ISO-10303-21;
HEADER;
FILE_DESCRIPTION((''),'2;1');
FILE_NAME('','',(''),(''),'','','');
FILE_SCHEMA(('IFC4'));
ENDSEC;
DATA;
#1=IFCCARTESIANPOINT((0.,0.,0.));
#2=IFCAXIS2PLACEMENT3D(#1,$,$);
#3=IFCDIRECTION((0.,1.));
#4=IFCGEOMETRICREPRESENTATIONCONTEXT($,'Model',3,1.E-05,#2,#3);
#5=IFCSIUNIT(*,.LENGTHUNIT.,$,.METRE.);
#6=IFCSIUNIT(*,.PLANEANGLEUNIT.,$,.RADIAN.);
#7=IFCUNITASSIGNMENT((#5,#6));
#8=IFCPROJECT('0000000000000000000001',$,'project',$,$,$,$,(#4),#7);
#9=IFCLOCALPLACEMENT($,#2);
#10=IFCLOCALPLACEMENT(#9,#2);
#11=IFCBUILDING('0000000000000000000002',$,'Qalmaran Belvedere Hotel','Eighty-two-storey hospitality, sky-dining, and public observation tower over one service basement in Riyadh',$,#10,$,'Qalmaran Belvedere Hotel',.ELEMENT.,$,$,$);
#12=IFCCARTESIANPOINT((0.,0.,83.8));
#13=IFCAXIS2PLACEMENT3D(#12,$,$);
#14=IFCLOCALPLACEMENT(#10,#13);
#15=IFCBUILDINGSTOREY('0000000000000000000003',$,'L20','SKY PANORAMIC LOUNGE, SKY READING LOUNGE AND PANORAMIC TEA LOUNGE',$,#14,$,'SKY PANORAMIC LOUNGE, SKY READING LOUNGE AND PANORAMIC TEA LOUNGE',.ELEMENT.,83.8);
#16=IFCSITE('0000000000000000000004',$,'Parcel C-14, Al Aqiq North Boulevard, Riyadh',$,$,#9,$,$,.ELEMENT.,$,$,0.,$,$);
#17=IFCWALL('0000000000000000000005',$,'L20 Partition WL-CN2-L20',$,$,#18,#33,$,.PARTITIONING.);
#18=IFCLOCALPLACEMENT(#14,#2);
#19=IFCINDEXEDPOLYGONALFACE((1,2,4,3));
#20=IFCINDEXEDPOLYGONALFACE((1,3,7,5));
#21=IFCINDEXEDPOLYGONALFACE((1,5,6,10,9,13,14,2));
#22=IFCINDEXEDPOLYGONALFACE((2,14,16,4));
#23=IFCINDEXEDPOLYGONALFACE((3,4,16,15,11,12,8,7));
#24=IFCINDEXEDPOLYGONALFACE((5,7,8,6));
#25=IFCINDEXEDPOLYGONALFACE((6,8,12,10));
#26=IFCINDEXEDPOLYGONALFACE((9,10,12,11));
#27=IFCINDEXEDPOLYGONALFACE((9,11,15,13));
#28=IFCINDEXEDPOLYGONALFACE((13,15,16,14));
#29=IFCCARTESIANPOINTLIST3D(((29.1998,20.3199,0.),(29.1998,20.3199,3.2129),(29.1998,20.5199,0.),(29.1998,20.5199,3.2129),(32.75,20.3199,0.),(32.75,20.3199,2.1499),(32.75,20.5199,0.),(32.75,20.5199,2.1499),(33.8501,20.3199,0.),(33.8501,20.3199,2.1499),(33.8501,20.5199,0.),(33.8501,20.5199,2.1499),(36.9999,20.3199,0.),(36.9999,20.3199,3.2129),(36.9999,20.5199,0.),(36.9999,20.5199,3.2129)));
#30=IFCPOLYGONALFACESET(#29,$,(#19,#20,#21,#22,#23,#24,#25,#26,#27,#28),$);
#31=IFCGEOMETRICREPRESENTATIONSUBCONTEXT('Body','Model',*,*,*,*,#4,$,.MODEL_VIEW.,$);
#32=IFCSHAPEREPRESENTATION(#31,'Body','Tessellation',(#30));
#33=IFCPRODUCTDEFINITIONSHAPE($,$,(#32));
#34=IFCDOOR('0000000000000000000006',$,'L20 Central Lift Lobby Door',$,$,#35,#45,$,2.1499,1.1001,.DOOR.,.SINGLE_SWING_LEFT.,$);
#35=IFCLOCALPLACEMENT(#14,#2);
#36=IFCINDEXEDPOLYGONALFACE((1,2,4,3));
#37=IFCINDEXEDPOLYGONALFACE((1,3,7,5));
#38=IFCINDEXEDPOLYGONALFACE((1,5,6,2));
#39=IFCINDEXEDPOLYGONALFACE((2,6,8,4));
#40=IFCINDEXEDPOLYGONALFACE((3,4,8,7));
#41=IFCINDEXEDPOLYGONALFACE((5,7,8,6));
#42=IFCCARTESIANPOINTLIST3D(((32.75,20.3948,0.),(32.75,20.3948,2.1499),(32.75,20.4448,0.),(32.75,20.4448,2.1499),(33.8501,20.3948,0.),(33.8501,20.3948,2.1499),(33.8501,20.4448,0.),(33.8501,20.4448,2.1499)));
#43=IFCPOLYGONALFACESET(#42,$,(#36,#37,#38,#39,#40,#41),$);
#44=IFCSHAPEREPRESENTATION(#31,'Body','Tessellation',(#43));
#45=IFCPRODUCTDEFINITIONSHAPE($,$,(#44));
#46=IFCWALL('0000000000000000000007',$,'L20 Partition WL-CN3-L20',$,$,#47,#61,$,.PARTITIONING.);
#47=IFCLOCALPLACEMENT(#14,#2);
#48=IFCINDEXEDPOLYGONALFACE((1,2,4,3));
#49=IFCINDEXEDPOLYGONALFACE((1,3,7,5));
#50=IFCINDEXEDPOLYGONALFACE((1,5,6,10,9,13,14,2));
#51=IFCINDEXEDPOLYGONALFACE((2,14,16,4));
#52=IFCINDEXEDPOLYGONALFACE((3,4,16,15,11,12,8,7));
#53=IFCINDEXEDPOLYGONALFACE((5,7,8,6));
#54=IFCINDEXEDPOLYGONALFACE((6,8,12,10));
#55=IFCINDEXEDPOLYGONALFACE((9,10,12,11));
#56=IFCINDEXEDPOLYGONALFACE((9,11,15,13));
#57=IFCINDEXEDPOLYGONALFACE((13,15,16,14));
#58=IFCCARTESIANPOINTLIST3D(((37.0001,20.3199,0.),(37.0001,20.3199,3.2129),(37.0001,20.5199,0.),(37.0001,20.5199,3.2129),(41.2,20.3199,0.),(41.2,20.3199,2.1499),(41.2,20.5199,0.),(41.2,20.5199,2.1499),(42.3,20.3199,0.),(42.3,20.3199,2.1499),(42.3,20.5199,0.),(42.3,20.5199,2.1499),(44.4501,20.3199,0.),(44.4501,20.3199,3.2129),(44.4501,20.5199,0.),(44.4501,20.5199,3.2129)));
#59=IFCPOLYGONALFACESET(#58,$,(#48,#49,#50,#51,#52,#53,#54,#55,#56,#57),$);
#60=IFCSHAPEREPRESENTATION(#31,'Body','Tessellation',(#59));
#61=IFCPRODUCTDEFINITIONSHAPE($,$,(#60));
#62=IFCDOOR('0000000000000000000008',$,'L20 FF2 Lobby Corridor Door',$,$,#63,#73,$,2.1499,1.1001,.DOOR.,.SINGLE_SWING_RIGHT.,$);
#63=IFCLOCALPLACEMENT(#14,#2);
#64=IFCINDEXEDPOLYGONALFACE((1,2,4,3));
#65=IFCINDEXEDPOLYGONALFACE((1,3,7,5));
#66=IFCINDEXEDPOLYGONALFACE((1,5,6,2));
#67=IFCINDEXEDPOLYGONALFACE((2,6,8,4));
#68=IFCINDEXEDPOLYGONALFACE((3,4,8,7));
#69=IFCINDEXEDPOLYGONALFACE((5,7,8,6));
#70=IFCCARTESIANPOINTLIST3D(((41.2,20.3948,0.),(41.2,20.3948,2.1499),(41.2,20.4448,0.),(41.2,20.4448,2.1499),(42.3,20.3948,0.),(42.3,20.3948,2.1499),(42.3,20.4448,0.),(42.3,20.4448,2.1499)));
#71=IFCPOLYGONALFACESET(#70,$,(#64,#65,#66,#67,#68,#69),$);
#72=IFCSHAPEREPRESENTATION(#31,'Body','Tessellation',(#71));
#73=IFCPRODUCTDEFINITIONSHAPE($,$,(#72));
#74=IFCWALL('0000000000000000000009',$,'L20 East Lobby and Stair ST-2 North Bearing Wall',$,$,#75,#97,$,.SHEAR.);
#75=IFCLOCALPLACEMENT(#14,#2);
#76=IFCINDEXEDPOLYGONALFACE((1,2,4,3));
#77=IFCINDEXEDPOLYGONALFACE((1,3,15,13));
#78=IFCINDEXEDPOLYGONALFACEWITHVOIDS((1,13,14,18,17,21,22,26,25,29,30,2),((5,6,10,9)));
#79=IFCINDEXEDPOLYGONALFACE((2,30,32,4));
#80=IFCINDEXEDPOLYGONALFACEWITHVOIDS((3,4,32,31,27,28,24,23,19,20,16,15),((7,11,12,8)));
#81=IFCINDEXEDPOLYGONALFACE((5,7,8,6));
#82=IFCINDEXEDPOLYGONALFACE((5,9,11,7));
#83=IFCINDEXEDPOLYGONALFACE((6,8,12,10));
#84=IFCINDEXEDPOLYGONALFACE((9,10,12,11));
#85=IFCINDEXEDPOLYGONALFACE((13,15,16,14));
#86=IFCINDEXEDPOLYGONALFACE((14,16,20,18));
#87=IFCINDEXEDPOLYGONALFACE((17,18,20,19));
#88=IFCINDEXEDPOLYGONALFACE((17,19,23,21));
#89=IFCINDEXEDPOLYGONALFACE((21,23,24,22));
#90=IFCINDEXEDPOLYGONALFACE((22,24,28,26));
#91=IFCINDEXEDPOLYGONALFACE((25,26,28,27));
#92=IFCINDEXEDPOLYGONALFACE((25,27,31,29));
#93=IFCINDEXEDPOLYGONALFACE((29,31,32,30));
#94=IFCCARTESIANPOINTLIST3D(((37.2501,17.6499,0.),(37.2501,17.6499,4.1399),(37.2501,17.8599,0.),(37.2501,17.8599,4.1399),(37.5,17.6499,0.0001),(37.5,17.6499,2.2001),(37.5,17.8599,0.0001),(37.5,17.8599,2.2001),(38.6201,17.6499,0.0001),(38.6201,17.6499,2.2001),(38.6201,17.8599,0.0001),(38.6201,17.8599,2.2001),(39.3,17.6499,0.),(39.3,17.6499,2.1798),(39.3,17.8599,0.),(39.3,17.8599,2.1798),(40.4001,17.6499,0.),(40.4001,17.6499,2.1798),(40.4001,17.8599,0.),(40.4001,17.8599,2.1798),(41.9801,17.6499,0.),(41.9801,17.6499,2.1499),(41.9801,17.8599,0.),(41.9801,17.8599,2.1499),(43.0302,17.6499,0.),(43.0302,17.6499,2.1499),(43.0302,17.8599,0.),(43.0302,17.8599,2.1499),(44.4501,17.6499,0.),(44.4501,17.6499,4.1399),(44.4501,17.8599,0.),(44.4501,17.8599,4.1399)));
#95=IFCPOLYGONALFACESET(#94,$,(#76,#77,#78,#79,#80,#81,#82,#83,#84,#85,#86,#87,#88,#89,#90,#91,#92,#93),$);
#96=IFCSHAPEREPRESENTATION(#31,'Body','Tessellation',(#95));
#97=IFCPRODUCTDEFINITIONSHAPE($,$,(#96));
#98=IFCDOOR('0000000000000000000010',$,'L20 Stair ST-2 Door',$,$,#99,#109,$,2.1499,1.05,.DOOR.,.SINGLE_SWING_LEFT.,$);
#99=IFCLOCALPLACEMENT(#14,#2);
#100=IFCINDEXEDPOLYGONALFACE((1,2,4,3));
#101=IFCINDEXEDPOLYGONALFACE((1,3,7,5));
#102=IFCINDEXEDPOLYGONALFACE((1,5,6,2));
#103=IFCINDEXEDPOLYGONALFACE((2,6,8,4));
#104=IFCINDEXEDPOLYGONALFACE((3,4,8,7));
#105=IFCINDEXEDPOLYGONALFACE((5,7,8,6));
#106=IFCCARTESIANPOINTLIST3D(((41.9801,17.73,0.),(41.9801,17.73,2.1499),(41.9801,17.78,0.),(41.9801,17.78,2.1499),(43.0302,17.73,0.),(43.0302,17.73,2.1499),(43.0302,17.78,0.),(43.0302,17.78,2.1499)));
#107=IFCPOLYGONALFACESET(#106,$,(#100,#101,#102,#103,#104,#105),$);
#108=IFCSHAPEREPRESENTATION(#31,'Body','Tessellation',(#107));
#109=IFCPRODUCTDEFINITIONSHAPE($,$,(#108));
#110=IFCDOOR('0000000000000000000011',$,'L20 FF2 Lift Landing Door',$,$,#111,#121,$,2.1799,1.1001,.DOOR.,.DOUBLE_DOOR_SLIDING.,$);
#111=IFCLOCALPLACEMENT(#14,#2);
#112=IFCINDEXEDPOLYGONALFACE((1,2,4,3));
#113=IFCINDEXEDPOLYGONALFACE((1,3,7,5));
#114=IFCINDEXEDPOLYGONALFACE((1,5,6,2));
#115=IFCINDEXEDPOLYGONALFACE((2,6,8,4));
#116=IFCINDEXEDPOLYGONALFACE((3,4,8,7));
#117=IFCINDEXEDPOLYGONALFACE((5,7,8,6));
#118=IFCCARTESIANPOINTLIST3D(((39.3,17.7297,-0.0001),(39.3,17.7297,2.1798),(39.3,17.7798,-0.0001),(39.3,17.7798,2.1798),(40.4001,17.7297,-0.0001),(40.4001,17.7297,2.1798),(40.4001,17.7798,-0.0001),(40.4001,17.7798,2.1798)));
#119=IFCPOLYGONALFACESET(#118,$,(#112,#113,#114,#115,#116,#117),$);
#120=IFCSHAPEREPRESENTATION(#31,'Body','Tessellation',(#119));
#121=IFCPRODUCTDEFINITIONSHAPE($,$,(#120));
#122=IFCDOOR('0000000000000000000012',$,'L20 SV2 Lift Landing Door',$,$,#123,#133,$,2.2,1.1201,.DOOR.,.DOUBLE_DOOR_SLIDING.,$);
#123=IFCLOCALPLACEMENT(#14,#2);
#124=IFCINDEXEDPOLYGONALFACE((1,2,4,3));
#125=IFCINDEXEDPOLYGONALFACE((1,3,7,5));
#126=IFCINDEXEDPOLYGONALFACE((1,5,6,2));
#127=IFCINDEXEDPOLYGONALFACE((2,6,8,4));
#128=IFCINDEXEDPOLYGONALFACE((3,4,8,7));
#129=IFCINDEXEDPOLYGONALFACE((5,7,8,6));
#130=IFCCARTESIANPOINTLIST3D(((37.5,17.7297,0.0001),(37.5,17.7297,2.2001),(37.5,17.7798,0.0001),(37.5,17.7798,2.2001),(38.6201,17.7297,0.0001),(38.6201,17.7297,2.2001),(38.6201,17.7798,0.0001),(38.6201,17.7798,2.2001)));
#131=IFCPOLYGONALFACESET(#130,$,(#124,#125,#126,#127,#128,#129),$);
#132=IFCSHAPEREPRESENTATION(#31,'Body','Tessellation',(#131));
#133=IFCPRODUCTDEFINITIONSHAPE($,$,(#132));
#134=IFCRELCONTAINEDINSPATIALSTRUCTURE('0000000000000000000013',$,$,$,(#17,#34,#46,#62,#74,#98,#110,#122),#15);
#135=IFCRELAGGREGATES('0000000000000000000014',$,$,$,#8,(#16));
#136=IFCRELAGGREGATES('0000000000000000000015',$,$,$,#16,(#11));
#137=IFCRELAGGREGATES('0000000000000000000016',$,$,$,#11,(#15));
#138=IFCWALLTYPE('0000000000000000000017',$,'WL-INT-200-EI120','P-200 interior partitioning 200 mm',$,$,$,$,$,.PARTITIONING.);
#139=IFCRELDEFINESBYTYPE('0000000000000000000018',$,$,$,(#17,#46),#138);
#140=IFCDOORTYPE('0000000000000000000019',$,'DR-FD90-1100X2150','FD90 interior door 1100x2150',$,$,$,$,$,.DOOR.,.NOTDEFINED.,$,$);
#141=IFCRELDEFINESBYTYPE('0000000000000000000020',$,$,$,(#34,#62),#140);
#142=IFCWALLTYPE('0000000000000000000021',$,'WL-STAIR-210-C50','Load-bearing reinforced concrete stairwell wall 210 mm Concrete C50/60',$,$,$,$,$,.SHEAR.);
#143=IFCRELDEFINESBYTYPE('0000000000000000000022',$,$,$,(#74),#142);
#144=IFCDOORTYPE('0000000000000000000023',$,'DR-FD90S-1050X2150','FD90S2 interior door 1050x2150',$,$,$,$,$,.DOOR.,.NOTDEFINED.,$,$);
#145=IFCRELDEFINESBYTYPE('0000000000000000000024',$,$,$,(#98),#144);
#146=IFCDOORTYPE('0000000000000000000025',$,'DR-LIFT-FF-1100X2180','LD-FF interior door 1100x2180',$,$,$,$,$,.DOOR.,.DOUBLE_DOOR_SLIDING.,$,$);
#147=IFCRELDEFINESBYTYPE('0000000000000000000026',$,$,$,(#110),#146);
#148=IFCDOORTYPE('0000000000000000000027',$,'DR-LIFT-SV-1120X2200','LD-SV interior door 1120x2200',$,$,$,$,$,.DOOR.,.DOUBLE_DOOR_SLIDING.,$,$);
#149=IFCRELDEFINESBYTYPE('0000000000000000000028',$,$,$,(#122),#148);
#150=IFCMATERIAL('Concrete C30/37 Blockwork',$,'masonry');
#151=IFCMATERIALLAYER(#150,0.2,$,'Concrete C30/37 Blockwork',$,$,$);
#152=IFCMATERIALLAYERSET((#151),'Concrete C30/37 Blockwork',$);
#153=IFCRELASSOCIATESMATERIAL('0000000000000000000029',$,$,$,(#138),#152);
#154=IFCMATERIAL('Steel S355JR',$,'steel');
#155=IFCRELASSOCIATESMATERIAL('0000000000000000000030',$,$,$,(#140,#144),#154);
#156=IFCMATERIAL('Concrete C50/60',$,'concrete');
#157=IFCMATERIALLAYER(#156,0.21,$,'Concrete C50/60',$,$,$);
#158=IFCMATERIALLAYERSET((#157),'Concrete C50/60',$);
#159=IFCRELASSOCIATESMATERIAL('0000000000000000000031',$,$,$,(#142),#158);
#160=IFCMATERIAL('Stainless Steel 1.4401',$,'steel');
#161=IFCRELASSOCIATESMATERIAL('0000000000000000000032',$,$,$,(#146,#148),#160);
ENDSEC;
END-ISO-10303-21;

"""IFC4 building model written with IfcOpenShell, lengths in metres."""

from ifc_helpers import new_model, si_unit, direction, frame, frame_2d, origin, place, context, subcontext, project, spatial, rectangle, extrude, material, layer, layer_set, type_object, element, fill, save


model = new_model("IFC4")

# Units and contexts
model_context = context("Model", 3, precision=1e-05, world=origin(), true_north=direction((0.0, 1.0)))
body_context = subcontext(model_context, "Body", "Model", "MODEL_VIEW")
ifc_project = project(units=[si_unit("LENGTHUNIT", "METRE"), si_unit("PLANEANGLEUNIT", "RADIAN")], contexts=[model_context])

# Site, building, storey
site_placement = place(None, origin())
site = spatial("IfcSite", under=ifc_project, at=site_placement, Name="Parcel C-14, Al Aqiq North Boulevard, Riyadh", CompositionType="ELEMENT", RefElevation=0.0)
building_placement = place(site_placement, origin())
building = spatial("IfcBuilding", under=site, at=building_placement, Name="Qalmaran Belvedere Hotel", Description="Eighty-two-storey hospitality, sky-dining, and public observation tower over one service basement in Riyadh", LongName="Qalmaran Belvedere Hotel", CompositionType="ELEMENT")
storey_placement = place(building_placement, frame((0.0, 0.0, 83.8)))
storey = spatial("IfcBuildingStorey", under=building, at=storey_placement, Name="L20", Description="SKY PANORAMIC LOUNGE, SKY READING LOUNGE AND PANORAMIC TEA LOUNGE", LongName="SKY PANORAMIC LOUNGE, SKY READING LOUNGE AND PANORAMIC TEA LOUNGE", CompositionType="ELEMENT", Elevation=83.8)

# Shared definitions
ifc_material_1 = material(Name="Steel S355JR", Category="steel")

# Shared definitions
ifc_material_2 = material(Name="Stainless Steel 1.4401", Category="steel")

# Walls, openings, doors
ifc_material_3 = material(Name="Concrete C30/37 Blockwork", Category="masonry")
ifc_layer_1 = layer(ifc_material_3, 0.2, Name="Concrete C30/37 Blockwork")
ifc_layer_set_1 = layer_set([ifc_layer_1], Name="Concrete C30/37 Blockwork")
wall_type_1 = type_object("IfcWallType", Name="WL-INT-200-EI120", Description="P-200 interior partitioning 200 mm", PredefinedType="PARTITIONING", material=ifc_layer_set_1)
wall_1_placement = place(storey_placement, frame((29.2, 20.4199, 0.0), z_axis=(0.0, 0.0, 1.0), x_axis=(1.0, 0.0, 0.0)))
wall_1 = element("IfcWall", 1, at=wall_1_placement, inside=storey, type_object=wall_type_1, Name="L20 Partition WL-CN2-L20", PredefinedType="PARTITIONING", context=body_context, shape_type="SweptSolid", body=[
    extrude(rectangle(XDim=7.8, YDim=0.2, at=frame_2d((3.8999, 0.0))), origin(), (0.0, 0.0, 1.0), 3.2129),
])
opening_1_placement = place(wall_1_placement, frame((3.55, 0.0, 0.0)))
opening_1 = element("IfcOpeningElement", 2, at=opening_1_placement, cuts=wall_1, PredefinedType="OPENING", context=body_context, shape_type="SweptSolid", body=[
    extrude(rectangle(XDim=1.1001, YDim=2.1499, at=frame_2d((0.55, 1.075))), frame((0.0, 0.1099, 0.0), z_axis=(0.0, -1.0, 0.0), x_axis=(1.0, 0.0, 0.0)), (0.0, 0.0, 1.0), 0.22),
])
door_type_1 = type_object("IfcDoorType", Name="DR-FD90-1100X2150", Description="FD90 interior door 1100x2150", OperationType="NOTDEFINED", PredefinedType="DOOR", material=ifc_material_1)
door_1_placement = place(opening_1_placement, origin())
door_1 = element("IfcDoor", 3, at=door_1_placement, inside=storey, type_object=door_type_1, Name="L20 Central Lift Lobby Door", OperationType="SINGLE_SWING_LEFT", OverallHeight=2.1499, OverallWidth=1.1001, PredefinedType="DOOR", context=body_context, shape_type="SweptSolid", body=[
    extrude(rectangle(XDim=1.1001, YDim=2.1499, at=frame_2d((0.55, 1.075))), frame((0.0, 0.0249, 0.0), z_axis=(0.0, -1.0, 0.0), x_axis=(1.0, 0.0, 0.0)), (0.0, 0.0, 1.0), 0.05),
])
fill(opening_1, door_1)
wall_2_placement = place(storey_placement, frame((37.0, 20.4199, 0.0), z_axis=(0.0, 0.0, 1.0), x_axis=(1.0, 0.0, 0.0)))
wall_2 = element("IfcWall", 4, at=wall_2_placement, inside=storey, type_object=wall_type_1, Name="L20 Partition WL-CN3-L20", PredefinedType="PARTITIONING", context=body_context, shape_type="SweptSolid", body=[
    extrude(rectangle(XDim=7.45, YDim=0.2, at=frame_2d((3.7251, 0.0))), origin(), (0.0, 0.0, 1.0), 3.2129),
])
opening_2_placement = place(wall_2_placement, frame((4.2, 0.0, 0.0)))
opening_2 = element("IfcOpeningElement", 5, at=opening_2_placement, cuts=wall_2, PredefinedType="OPENING", context=body_context, shape_type="SweptSolid", body=[
    extrude(rectangle(XDim=1.1001, YDim=2.1499, at=frame_2d((0.55, 1.075))), frame((0.0, 0.1099, 0.0), z_axis=(0.0, -1.0, 0.0), x_axis=(1.0, 0.0, 0.0)), (0.0, 0.0, 1.0), 0.22),
])
door_2_placement = place(opening_2_placement, origin())
door_2 = element("IfcDoor", 6, at=door_2_placement, inside=storey, type_object=door_type_1, Name="L20 FF2 Lobby Corridor Door", OperationType="SINGLE_SWING_RIGHT", OverallHeight=2.1499, OverallWidth=1.1001, PredefinedType="DOOR", context=body_context, shape_type="SweptSolid", body=[
    extrude(rectangle(XDim=1.1001, YDim=2.1499, at=frame_2d((0.55, 1.075))), frame((0.0, 0.0249, 0.0), z_axis=(0.0, -1.0, 0.0), x_axis=(1.0, 0.0, 0.0)), (0.0, 0.0, 1.0), 0.05),
])
fill(opening_2, door_2)

# Wall, openings, doors
ifc_material_4 = material(Name="Concrete C50/60", Category="concrete")
ifc_layer_2 = layer(ifc_material_4, 0.21, Name="Concrete C50/60")
ifc_layer_set_2 = layer_set([ifc_layer_2], Name="Concrete C50/60")
wall_type_2 = type_object("IfcWallType", Name="WL-STAIR-210-C50", Description="Load-bearing reinforced concrete stairwell wall 210 mm Concrete C50/60", PredefinedType="SHEAR", material=ifc_layer_set_2)
wall_3_placement = place(storey_placement, frame((37.25, 17.7549, 0.0), z_axis=(0.0, 0.0, 1.0), x_axis=(1.0, 0.0, 0.0)))
wall_3 = element("IfcWall", 7, at=wall_3_placement, inside=storey, type_object=wall_type_2, Name="L20 East Lobby and Stair ST-2 North Bearing Wall", PredefinedType="SHEAR", context=body_context, shape_type="SweptSolid", body=[
    extrude(rectangle(XDim=7.2, YDim=0.21, at=frame_2d((3.6001, 0.0))), origin(), (0.0, 0.0, 1.0), 4.1399),
])
opening_3_placement = place(wall_3_placement, frame((0.25, 0.0, 0.0)))
opening_3 = element("IfcOpeningElement", 8, at=opening_3_placement, cuts=wall_3, PredefinedType="OPENING", context=body_context, shape_type="SweptSolid", body=[
    extrude(rectangle(XDim=1.1201, YDim=2.2, at=frame_2d((0.5601, 1.1001))), frame((0.0, 0.115, 0.0), z_axis=(0.0, -1.0, 0.0), x_axis=(1.0, 0.0, 0.0)), (0.0, 0.0, 1.0), 0.23),
])
opening_4_placement = place(wall_3_placement, frame((2.05, 0.0, 0.0)))
opening_4 = element("IfcOpeningElement", 9, at=opening_4_placement, cuts=wall_3, PredefinedType="OPENING", context=body_context, shape_type="SweptSolid", body=[
    extrude(rectangle(XDim=1.1001, YDim=2.1799, at=frame_2d((0.55, 1.0898))), frame((0.0, 0.115, 0.0), z_axis=(0.0, -1.0, 0.0), x_axis=(1.0, 0.0, 0.0)), (0.0, 0.0, 1.0), 0.23),
])
opening_5_placement = place(wall_3_placement, frame((5.78, 0.0, 0.0), z_axis=(0.0, 0.0, 1.0), x_axis=(-1.0, 0.0, 0.0)))
opening_5 = element("IfcOpeningElement", 10, at=opening_5_placement, cuts=wall_3, PredefinedType="OPENING", context=body_context, shape_type="SweptSolid", body=[
    extrude(rectangle(XDim=1.05, YDim=2.1499, at=frame_2d((0.5249, 1.075))), frame((0.0, 0.115, 0.0), z_axis=(0.0, -1.0, 0.0), x_axis=(1.0, 0.0, 0.0)), (0.0, 0.0, 1.0), 0.23),
])
door_type_2 = type_object("IfcDoorType", Name="DR-FD90S-1050X2150", Description="FD90S2 interior door 1050x2150", OperationType="NOTDEFINED", PredefinedType="DOOR", material=ifc_material_1)
door_3_placement = place(opening_5_placement, origin())
door_3 = element("IfcDoor", 11, at=door_3_placement, inside=storey, type_object=door_type_2, Name="L20 Stair ST-2 Door", OperationType="SINGLE_SWING_LEFT", OverallHeight=2.1499, OverallWidth=1.05, PredefinedType="DOOR", context=body_context, shape_type="SweptSolid", body=[
    extrude(rectangle(XDim=1.05, YDim=2.1499, at=frame_2d((0.5249, 1.075))), frame((0.0, 0.0249, 0.0), z_axis=(0.0, -1.0, 0.0), x_axis=(1.0, 0.0, 0.0)), (0.0, 0.0, 1.0), 0.05),
])
fill(opening_5, door_3)
door_type_3 = type_object("IfcDoorType", Name="DR-LIFT-FF-1100X2180", Description="LD-FF interior door 1100x2180", OperationType="DOUBLE_DOOR_SLIDING", PredefinedType="DOOR", material=ifc_material_2)
door_4_placement = place(opening_4_placement, origin())
door_4 = element("IfcDoor", 12, at=door_4_placement, inside=storey, type_object=door_type_3, Name="L20 FF2 Lift Landing Door", OperationType="DOUBLE_DOOR_SLIDING", OverallHeight=2.1799, OverallWidth=1.1001, PredefinedType="DOOR", context=body_context, shape_type="SweptSolid", body=[
    extrude(rectangle(XDim=1.1001, YDim=2.1799, at=frame_2d((0.55, 1.0898))), frame((0.0, 0.0249, 0.0), z_axis=(0.0, -1.0, 0.0), x_axis=(1.0, 0.0, 0.0)), (0.0, 0.0, 1.0), 0.05),
])
fill(opening_4, door_4)
door_type_4 = type_object("IfcDoorType", Name="DR-LIFT-SV-1120X2200", Description="LD-SV interior door 1120x2200", OperationType="DOUBLE_DOOR_SLIDING", PredefinedType="DOOR", material=ifc_material_2)
door_5_placement = place(opening_3_placement, origin())
door_5 = element("IfcDoor", 13, at=door_5_placement, inside=storey, type_object=door_type_4, Name="L20 SV2 Lift Landing Door", OperationType="DOUBLE_DOOR_SLIDING", OverallHeight=2.2, OverallWidth=1.1201, PredefinedType="DOOR", context=body_context, shape_type="SweptSolid", body=[
    extrude(rectangle(XDim=1.1201, YDim=2.2, at=frame_2d((0.5601, 1.1001))), frame((0.0, 0.0249, 0.0), z_axis=(0.0, -1.0, 0.0), x_axis=(1.0, 0.0, 0.0)), (0.0, 0.0, 1.0), 0.05),
])
fill(opening_3, door_5)

save(model, "model.ifc")
